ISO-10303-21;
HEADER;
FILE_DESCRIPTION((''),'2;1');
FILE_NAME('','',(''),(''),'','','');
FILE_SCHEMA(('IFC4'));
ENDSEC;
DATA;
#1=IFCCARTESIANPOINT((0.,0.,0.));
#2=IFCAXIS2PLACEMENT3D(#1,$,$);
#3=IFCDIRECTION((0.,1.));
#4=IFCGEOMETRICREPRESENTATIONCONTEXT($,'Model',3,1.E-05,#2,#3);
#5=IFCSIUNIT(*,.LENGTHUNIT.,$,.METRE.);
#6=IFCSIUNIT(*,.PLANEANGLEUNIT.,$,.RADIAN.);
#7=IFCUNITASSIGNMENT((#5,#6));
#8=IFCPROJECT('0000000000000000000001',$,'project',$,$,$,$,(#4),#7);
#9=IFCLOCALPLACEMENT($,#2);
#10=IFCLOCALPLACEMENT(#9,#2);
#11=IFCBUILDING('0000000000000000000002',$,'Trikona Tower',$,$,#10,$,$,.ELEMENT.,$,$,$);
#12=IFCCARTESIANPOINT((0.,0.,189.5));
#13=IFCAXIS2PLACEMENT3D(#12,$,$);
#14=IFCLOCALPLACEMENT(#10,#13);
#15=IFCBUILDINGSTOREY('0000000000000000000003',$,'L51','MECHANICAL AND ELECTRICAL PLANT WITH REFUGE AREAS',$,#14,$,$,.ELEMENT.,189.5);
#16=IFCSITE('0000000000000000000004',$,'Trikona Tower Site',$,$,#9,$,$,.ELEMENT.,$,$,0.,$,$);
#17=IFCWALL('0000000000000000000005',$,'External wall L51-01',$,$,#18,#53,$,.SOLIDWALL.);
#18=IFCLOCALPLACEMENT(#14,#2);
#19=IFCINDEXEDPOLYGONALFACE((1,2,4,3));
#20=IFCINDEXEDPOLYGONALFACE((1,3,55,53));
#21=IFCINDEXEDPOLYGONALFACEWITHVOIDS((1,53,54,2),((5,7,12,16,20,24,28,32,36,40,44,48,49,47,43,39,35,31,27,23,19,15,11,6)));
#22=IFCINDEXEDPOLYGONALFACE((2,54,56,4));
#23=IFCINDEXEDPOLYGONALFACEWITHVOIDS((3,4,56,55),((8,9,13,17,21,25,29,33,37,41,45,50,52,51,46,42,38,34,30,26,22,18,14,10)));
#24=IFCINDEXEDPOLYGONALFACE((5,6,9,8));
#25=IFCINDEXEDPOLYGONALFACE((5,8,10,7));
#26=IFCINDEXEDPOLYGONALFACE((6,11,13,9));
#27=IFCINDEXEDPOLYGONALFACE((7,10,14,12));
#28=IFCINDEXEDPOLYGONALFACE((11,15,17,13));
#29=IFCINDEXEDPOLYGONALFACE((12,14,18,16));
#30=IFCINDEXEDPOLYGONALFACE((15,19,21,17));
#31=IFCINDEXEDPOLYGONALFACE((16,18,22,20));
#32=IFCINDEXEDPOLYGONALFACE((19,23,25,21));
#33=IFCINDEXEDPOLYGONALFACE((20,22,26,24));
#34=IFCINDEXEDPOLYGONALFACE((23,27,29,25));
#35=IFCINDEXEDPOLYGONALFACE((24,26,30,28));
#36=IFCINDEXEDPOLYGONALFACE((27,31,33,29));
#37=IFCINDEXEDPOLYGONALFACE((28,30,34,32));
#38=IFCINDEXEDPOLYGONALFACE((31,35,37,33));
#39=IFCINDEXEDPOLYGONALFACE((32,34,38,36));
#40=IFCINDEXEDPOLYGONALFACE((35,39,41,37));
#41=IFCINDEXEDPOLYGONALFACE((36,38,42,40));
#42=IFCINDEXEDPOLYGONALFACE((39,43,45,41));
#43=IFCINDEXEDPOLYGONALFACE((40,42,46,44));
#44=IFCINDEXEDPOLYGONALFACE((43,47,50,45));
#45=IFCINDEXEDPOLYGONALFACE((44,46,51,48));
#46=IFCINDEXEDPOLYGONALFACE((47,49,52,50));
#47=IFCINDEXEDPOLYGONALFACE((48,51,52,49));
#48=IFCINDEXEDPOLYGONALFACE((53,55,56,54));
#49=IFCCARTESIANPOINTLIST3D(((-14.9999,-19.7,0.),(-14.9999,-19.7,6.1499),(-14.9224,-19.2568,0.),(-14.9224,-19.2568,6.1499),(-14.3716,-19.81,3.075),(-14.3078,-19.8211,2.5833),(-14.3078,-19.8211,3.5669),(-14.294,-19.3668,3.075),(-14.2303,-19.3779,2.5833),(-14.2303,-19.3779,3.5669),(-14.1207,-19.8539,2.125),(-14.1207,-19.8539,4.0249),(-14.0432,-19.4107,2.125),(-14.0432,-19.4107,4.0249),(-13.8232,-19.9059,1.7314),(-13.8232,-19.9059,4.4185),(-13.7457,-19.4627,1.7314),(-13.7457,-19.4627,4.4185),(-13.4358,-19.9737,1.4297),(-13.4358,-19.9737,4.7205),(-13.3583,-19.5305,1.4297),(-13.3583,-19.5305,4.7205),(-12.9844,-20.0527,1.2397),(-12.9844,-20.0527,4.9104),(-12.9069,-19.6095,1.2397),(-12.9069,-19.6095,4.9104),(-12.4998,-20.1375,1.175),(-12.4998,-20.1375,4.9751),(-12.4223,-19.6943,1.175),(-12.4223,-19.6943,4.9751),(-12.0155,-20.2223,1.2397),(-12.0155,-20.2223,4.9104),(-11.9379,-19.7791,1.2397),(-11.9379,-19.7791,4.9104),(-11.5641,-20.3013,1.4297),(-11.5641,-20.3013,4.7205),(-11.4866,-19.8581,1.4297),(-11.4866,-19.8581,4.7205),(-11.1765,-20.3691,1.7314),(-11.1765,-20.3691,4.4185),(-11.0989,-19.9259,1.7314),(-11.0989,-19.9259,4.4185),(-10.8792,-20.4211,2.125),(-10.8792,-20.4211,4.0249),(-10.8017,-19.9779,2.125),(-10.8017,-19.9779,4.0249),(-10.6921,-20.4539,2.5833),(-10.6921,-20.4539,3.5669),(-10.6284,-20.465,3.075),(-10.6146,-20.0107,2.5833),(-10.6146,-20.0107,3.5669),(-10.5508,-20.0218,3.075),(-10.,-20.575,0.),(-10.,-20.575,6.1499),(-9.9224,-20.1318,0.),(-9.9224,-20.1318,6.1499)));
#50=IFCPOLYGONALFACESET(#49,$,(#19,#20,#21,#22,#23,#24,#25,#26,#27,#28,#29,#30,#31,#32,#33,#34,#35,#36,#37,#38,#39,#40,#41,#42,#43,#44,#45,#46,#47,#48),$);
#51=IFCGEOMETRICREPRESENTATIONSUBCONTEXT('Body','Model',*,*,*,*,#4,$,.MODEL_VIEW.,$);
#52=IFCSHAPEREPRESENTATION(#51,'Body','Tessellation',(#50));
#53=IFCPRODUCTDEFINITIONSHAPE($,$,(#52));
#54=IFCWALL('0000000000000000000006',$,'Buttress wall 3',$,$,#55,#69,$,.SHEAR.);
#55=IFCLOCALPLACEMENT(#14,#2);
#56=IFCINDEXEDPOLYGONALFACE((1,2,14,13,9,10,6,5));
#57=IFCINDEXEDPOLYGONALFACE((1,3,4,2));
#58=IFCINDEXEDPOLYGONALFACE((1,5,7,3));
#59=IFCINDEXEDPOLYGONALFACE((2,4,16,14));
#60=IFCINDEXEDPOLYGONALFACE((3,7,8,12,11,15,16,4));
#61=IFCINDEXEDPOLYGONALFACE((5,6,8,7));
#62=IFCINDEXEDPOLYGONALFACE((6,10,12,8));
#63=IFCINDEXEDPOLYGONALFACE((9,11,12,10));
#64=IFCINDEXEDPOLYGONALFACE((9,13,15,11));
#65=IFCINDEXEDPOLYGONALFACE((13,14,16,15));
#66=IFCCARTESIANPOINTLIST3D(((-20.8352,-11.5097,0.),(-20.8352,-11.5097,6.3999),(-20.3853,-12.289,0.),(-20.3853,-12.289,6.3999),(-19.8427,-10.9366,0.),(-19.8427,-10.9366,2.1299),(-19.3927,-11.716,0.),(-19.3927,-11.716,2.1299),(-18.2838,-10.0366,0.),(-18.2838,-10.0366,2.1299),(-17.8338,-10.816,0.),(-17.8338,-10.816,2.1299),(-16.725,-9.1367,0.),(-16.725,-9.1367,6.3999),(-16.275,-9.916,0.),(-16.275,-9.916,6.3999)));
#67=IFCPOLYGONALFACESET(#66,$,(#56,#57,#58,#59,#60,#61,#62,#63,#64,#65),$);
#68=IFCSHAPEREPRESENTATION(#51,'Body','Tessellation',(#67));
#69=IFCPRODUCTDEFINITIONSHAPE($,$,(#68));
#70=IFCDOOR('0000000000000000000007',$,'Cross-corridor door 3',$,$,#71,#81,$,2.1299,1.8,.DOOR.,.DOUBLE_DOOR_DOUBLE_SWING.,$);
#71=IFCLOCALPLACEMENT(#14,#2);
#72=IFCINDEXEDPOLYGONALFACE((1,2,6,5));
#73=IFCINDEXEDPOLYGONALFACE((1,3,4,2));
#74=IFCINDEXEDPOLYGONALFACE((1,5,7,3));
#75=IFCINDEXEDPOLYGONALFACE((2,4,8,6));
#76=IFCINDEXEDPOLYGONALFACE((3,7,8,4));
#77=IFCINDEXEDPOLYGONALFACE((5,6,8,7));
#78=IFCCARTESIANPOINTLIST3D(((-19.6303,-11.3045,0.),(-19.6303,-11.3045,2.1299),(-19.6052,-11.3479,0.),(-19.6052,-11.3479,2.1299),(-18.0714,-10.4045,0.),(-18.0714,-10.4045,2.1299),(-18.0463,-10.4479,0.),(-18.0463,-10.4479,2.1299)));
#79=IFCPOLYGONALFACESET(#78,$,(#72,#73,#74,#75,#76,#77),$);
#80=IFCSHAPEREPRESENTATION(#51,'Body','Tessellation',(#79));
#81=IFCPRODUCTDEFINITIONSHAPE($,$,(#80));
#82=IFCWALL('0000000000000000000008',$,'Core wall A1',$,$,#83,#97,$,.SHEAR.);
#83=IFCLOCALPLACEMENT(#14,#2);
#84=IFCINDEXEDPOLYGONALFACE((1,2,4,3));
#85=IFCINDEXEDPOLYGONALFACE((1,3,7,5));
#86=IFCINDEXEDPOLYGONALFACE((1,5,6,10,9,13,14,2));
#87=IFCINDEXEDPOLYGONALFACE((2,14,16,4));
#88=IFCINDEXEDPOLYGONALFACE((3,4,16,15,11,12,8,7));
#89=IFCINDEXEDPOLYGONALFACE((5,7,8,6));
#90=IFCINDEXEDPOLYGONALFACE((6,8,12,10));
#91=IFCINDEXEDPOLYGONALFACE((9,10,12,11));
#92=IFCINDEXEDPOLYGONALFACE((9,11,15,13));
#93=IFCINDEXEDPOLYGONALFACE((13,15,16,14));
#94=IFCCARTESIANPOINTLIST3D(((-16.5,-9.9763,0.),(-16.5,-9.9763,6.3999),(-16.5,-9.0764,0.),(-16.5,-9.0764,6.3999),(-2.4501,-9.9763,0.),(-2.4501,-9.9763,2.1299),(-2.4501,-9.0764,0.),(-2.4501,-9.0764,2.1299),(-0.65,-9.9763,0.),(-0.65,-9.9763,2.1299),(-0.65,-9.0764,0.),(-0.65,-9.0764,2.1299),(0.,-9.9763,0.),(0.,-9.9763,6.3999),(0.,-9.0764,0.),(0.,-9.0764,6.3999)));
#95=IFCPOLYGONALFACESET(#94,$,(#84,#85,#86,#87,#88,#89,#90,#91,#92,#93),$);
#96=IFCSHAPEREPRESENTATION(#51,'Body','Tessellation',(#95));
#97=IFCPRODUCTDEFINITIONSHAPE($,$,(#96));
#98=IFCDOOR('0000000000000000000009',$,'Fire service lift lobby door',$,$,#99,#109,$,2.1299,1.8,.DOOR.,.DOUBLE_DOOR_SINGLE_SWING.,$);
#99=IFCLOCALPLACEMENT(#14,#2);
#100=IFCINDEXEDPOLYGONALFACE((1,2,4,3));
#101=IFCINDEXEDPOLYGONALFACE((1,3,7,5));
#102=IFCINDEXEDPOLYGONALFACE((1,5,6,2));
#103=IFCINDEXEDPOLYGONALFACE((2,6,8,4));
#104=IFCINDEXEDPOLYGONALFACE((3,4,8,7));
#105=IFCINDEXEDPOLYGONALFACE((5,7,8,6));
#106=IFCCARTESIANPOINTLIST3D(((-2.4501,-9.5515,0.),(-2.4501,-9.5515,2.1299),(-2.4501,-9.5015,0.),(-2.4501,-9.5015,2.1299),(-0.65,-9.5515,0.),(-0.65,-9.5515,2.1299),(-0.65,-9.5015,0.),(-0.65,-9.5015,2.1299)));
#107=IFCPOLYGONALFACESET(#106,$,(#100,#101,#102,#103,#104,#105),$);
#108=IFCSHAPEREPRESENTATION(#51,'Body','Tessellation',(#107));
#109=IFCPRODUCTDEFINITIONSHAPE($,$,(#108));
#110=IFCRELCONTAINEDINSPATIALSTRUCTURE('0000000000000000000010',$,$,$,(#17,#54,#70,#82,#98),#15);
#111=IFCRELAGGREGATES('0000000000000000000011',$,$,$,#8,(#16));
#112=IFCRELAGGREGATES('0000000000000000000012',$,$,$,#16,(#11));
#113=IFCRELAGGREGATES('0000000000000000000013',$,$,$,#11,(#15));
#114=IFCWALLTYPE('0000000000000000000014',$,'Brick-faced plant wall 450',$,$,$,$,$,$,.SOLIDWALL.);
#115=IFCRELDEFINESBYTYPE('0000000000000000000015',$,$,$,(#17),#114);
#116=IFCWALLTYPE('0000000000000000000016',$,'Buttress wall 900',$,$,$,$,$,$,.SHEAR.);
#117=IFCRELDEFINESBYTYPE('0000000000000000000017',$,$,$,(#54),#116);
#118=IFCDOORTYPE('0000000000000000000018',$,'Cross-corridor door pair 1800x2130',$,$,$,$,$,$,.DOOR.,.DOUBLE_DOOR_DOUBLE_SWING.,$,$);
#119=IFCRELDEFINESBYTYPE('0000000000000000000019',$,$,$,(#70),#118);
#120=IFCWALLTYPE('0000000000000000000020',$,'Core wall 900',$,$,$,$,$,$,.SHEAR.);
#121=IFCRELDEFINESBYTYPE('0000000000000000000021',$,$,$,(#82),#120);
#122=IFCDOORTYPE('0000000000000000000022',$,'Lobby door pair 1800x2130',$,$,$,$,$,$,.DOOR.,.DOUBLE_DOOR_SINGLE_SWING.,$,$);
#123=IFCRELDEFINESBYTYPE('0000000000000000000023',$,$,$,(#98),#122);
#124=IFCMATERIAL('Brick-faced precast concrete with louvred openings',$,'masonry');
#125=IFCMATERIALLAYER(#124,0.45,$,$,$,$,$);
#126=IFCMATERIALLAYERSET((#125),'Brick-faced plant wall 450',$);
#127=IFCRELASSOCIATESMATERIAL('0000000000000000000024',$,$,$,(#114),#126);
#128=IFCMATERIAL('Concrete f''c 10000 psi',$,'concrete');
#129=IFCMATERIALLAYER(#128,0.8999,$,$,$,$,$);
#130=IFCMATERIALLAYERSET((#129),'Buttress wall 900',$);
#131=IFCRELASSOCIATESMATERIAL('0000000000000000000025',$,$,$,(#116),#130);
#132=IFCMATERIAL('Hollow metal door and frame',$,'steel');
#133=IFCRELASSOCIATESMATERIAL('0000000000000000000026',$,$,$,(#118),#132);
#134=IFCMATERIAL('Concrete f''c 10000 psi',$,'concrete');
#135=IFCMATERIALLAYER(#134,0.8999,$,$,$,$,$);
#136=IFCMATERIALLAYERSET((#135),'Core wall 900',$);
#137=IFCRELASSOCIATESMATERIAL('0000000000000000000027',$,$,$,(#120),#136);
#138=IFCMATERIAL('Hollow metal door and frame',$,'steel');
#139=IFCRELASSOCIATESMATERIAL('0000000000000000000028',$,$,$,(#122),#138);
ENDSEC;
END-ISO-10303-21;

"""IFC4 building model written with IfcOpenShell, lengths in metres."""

from ifc_helpers import new_model, si_unit, direction, frame, frame_2d, origin, place, context, subcontext, project, spatial, polyline, rectangle, outline, extrude, material, layer, layer_set, type_object, element, fill, save


model = new_model("IFC4")

# Units and contexts
model_context = context("Model", 3, precision=1e-05, world=origin(), true_north=direction((0.0, 1.0)))
body_context = subcontext(model_context, "Body", "Model", "MODEL_VIEW")
ifc_project = project(units=[si_unit("LENGTHUNIT", "METRE"), si_unit("PLANEANGLEUNIT", "RADIAN")], contexts=[model_context])

# Site, building, storey
site_placement = place(None, origin())
site = spatial("IfcSite", under=ifc_project, at=site_placement, Name="Trikona Tower Site", CompositionType="ELEMENT", RefElevation=0.0)
building_placement = place(site_placement, origin())
building = spatial("IfcBuilding", under=site, at=building_placement, Name="Trikona Tower", CompositionType="ELEMENT")
storey_placement = place(building_placement, frame((0.0, 0.0, 189.5)))
storey = spatial("IfcBuildingStorey", under=building, at=storey_placement, Name="L51", Description="MECHANICAL AND ELECTRICAL PLANT WITH REFUGE AREAS", CompositionType="ELEMENT", Elevation=189.5)

# Wall
ifc_material_1 = material(Name="Brick-faced precast concrete with louvred openings", Category="masonry")
ifc_layer_1 = layer(ifc_material_1, 0.45)
ifc_layer_set_1 = layer_set([ifc_layer_1], Name="Brick-faced plant wall 450")
wall_type_1 = type_object("IfcWallType", Name="Brick-faced plant wall 450", PredefinedType="SOLIDWALL", material=ifc_layer_set_1)
wall_1_placement = place(storey_placement, frame((-14.9612, -19.4785, 0.0), z_axis=(0.0, 0.0, 1.0), x_axis=(0.98503, -0.17238, 0.0)))
element("IfcWall", 1, at=wall_1_placement, inside=storey, type_object=wall_type_1, Name="External wall L51-01", PredefinedType="SOLIDWALL", context=body_context, shape_type="SweptSolid", body=[
    extrude(outline(polyline([(0.0, 0.0), (5.0759, 0.0), (5.0759, 6.1499), (0.0, 6.1499), (0.0, 0.0)]), holes=[polyline([(4.438, 3.075), (4.3733, 3.5669), (4.1833, 4.0249), (3.8816, 4.4185), (3.488, 4.7205), (3.0298, 4.9104), (2.5381, 4.9751), (2.0461, 4.9104), (1.5879, 4.7205), (1.1946, 4.4185), (0.8926, 4.0249), (0.7026, 3.5669), (0.6379, 3.075), (0.7026, 2.5833), (0.8926, 2.125), (1.1946, 1.7314), (1.5879, 1.4297), (2.0461, 1.2397), (2.5381, 1.175), (3.0298, 1.2397), (3.488, 1.4297), (3.8816, 1.7314), (4.1833, 2.125), (4.3733, 2.5833), (4.438, 3.075)])]), frame((0.0, 0.2251, 0.0), z_axis=(0.0, -1.0, 0.0), x_axis=(1.0, 0.0, 0.0)), (0.0, 0.0, 1.0), 0.45),
])

# Walls, openings, doors
ifc_material_2 = material(Name="Concrete f'c 10000 psi", Category="concrete")
ifc_layer_2 = layer(ifc_material_2, 0.8999)
ifc_layer_set_2 = layer_set([ifc_layer_2], Name="Buttress wall 900")
wall_type_2 = type_object("IfcWallType", Name="Buttress wall 900", PredefinedType="SHEAR", material=ifc_layer_set_2)
wall_2_placement = place(storey_placement, frame((-16.5, -9.5264, 0.0), z_axis=(0.0, 0.0, 1.0), x_axis=(-0.866031, -0.49999, 0.0)))
wall_2 = element("IfcWall", 2, at=wall_2_placement, inside=storey, type_object=wall_type_2, Name="Buttress wall 3", PredefinedType="SHEAR", context=body_context, shape_type="SweptSolid", body=[
    extrude(rectangle(XDim=4.7461, YDim=0.8999, at=frame_2d((2.373, 0.0))), origin(), (0.0, 0.0, 1.0), 6.3999),
])
opening_1_placement = place(wall_2_placement, frame((1.8, 0.0, 0.0)))
opening_1 = element("IfcOpeningElement", 3, at=opening_1_placement, cuts=wall_2, PredefinedType="OPENING", context=body_context, shape_type="SweptSolid", body=[
    extrude(rectangle(XDim=1.8, YDim=2.1299, at=frame_2d((0.8999, 1.0649))), frame((0.0, 0.46, 0.0), z_axis=(0.0, -1.0, 0.0), x_axis=(1.0, 0.0, 0.0)), (0.0, 0.0, 1.0), 0.9199),
])
ifc_material_3 = material(Name="Hollow metal door and frame", Category="steel")
door_type_1 = type_object("IfcDoorType", Name="Cross-corridor door pair 1800x2130", OperationType="DOUBLE_DOOR_DOUBLE_SWING", PredefinedType="DOOR", material=ifc_material_3)
door_1_placement = place(opening_1_placement, origin())
door_1 = element("IfcDoor", 4, at=door_1_placement, inside=storey, type_object=door_type_1, Name="Cross-corridor door 3", OperationType="DOUBLE_DOOR_DOUBLE_SWING", OverallHeight=2.1299, OverallWidth=1.8, PredefinedType="DOOR", context=body_context, shape_type="SweptSolid", body=[
    extrude(rectangle(XDim=1.8, YDim=2.1299, at=frame_2d((0.8999, 1.0649))), frame((0.0, 0.0249, 0.0), z_axis=(0.0, -1.0, 0.0), x_axis=(1.0, 0.0, 0.0)), (0.0, 0.0, 1.0), 0.05),
])
fill(opening_1, door_1)
ifc_material_4 = material(Name="Concrete f'c 10000 psi", Category="concrete")
ifc_layer_3 = layer(ifc_material_4, 0.8999)
ifc_layer_set_3 = layer_set([ifc_layer_3], Name="Core wall 900")
wall_type_3 = type_object("IfcWallType", Name="Core wall 900", PredefinedType="SHEAR", material=ifc_layer_set_3)
wall_3_placement = place(storey_placement, frame((-16.5, -9.5264, 0.0), z_axis=(0.0, 0.0, 1.0), x_axis=(1.0, 0.0, 0.0)))
wall_3 = element("IfcWall", 5, at=wall_3_placement, inside=storey, type_object=wall_type_3, Name="Core wall A1", PredefinedType="SHEAR", context=body_context, shape_type="SweptSolid", body=[
    extrude(rectangle(XDim=16.5, YDim=0.8999, at=frame_2d((8.25, 0.0))), origin(), (0.0, 0.0, 1.0), 6.3999),
])
opening_2_placement = place(wall_3_placement, frame((14.05, 0.0, 0.0)))
opening_2 = element("IfcOpeningElement", 6, at=opening_2_placement, cuts=wall_3, PredefinedType="OPENING", context=body_context, shape_type="SweptSolid", body=[
    extrude(rectangle(XDim=1.8, YDim=2.1299, at=frame_2d((0.8999, 1.0649))), frame((0.0, 0.46, 0.0), z_axis=(0.0, -1.0, 0.0), x_axis=(1.0, 0.0, 0.0)), (0.0, 0.0, 1.0), 0.9199),
])
ifc_material_5 = material(Name="Hollow metal door and frame", Category="steel")
door_type_2 = type_object("IfcDoorType", Name="Lobby door pair 1800x2130", OperationType="DOUBLE_DOOR_SINGLE_SWING", PredefinedType="DOOR", material=ifc_material_5)
door_2_placement = place(opening_2_placement, origin())
door_2 = element("IfcDoor", 7, at=door_2_placement, inside=storey, type_object=door_type_2, Name="Fire service lift lobby door", OperationType="DOUBLE_DOOR_SINGLE_SWING", OverallHeight=2.1299, OverallWidth=1.8, PredefinedType="DOOR", context=body_context, shape_type="SweptSolid", body=[
    extrude(rectangle(XDim=1.8, YDim=2.1299, at=frame_2d((0.8999, 1.0649))), frame((0.0, 0.0249, 0.0), z_axis=(0.0, -1.0, 0.0), x_axis=(1.0, 0.0, 0.0)), (0.0, 0.0, 1.0), 0.05),
])
fill(opening_2, door_2)

save(model, "model.ifc")
